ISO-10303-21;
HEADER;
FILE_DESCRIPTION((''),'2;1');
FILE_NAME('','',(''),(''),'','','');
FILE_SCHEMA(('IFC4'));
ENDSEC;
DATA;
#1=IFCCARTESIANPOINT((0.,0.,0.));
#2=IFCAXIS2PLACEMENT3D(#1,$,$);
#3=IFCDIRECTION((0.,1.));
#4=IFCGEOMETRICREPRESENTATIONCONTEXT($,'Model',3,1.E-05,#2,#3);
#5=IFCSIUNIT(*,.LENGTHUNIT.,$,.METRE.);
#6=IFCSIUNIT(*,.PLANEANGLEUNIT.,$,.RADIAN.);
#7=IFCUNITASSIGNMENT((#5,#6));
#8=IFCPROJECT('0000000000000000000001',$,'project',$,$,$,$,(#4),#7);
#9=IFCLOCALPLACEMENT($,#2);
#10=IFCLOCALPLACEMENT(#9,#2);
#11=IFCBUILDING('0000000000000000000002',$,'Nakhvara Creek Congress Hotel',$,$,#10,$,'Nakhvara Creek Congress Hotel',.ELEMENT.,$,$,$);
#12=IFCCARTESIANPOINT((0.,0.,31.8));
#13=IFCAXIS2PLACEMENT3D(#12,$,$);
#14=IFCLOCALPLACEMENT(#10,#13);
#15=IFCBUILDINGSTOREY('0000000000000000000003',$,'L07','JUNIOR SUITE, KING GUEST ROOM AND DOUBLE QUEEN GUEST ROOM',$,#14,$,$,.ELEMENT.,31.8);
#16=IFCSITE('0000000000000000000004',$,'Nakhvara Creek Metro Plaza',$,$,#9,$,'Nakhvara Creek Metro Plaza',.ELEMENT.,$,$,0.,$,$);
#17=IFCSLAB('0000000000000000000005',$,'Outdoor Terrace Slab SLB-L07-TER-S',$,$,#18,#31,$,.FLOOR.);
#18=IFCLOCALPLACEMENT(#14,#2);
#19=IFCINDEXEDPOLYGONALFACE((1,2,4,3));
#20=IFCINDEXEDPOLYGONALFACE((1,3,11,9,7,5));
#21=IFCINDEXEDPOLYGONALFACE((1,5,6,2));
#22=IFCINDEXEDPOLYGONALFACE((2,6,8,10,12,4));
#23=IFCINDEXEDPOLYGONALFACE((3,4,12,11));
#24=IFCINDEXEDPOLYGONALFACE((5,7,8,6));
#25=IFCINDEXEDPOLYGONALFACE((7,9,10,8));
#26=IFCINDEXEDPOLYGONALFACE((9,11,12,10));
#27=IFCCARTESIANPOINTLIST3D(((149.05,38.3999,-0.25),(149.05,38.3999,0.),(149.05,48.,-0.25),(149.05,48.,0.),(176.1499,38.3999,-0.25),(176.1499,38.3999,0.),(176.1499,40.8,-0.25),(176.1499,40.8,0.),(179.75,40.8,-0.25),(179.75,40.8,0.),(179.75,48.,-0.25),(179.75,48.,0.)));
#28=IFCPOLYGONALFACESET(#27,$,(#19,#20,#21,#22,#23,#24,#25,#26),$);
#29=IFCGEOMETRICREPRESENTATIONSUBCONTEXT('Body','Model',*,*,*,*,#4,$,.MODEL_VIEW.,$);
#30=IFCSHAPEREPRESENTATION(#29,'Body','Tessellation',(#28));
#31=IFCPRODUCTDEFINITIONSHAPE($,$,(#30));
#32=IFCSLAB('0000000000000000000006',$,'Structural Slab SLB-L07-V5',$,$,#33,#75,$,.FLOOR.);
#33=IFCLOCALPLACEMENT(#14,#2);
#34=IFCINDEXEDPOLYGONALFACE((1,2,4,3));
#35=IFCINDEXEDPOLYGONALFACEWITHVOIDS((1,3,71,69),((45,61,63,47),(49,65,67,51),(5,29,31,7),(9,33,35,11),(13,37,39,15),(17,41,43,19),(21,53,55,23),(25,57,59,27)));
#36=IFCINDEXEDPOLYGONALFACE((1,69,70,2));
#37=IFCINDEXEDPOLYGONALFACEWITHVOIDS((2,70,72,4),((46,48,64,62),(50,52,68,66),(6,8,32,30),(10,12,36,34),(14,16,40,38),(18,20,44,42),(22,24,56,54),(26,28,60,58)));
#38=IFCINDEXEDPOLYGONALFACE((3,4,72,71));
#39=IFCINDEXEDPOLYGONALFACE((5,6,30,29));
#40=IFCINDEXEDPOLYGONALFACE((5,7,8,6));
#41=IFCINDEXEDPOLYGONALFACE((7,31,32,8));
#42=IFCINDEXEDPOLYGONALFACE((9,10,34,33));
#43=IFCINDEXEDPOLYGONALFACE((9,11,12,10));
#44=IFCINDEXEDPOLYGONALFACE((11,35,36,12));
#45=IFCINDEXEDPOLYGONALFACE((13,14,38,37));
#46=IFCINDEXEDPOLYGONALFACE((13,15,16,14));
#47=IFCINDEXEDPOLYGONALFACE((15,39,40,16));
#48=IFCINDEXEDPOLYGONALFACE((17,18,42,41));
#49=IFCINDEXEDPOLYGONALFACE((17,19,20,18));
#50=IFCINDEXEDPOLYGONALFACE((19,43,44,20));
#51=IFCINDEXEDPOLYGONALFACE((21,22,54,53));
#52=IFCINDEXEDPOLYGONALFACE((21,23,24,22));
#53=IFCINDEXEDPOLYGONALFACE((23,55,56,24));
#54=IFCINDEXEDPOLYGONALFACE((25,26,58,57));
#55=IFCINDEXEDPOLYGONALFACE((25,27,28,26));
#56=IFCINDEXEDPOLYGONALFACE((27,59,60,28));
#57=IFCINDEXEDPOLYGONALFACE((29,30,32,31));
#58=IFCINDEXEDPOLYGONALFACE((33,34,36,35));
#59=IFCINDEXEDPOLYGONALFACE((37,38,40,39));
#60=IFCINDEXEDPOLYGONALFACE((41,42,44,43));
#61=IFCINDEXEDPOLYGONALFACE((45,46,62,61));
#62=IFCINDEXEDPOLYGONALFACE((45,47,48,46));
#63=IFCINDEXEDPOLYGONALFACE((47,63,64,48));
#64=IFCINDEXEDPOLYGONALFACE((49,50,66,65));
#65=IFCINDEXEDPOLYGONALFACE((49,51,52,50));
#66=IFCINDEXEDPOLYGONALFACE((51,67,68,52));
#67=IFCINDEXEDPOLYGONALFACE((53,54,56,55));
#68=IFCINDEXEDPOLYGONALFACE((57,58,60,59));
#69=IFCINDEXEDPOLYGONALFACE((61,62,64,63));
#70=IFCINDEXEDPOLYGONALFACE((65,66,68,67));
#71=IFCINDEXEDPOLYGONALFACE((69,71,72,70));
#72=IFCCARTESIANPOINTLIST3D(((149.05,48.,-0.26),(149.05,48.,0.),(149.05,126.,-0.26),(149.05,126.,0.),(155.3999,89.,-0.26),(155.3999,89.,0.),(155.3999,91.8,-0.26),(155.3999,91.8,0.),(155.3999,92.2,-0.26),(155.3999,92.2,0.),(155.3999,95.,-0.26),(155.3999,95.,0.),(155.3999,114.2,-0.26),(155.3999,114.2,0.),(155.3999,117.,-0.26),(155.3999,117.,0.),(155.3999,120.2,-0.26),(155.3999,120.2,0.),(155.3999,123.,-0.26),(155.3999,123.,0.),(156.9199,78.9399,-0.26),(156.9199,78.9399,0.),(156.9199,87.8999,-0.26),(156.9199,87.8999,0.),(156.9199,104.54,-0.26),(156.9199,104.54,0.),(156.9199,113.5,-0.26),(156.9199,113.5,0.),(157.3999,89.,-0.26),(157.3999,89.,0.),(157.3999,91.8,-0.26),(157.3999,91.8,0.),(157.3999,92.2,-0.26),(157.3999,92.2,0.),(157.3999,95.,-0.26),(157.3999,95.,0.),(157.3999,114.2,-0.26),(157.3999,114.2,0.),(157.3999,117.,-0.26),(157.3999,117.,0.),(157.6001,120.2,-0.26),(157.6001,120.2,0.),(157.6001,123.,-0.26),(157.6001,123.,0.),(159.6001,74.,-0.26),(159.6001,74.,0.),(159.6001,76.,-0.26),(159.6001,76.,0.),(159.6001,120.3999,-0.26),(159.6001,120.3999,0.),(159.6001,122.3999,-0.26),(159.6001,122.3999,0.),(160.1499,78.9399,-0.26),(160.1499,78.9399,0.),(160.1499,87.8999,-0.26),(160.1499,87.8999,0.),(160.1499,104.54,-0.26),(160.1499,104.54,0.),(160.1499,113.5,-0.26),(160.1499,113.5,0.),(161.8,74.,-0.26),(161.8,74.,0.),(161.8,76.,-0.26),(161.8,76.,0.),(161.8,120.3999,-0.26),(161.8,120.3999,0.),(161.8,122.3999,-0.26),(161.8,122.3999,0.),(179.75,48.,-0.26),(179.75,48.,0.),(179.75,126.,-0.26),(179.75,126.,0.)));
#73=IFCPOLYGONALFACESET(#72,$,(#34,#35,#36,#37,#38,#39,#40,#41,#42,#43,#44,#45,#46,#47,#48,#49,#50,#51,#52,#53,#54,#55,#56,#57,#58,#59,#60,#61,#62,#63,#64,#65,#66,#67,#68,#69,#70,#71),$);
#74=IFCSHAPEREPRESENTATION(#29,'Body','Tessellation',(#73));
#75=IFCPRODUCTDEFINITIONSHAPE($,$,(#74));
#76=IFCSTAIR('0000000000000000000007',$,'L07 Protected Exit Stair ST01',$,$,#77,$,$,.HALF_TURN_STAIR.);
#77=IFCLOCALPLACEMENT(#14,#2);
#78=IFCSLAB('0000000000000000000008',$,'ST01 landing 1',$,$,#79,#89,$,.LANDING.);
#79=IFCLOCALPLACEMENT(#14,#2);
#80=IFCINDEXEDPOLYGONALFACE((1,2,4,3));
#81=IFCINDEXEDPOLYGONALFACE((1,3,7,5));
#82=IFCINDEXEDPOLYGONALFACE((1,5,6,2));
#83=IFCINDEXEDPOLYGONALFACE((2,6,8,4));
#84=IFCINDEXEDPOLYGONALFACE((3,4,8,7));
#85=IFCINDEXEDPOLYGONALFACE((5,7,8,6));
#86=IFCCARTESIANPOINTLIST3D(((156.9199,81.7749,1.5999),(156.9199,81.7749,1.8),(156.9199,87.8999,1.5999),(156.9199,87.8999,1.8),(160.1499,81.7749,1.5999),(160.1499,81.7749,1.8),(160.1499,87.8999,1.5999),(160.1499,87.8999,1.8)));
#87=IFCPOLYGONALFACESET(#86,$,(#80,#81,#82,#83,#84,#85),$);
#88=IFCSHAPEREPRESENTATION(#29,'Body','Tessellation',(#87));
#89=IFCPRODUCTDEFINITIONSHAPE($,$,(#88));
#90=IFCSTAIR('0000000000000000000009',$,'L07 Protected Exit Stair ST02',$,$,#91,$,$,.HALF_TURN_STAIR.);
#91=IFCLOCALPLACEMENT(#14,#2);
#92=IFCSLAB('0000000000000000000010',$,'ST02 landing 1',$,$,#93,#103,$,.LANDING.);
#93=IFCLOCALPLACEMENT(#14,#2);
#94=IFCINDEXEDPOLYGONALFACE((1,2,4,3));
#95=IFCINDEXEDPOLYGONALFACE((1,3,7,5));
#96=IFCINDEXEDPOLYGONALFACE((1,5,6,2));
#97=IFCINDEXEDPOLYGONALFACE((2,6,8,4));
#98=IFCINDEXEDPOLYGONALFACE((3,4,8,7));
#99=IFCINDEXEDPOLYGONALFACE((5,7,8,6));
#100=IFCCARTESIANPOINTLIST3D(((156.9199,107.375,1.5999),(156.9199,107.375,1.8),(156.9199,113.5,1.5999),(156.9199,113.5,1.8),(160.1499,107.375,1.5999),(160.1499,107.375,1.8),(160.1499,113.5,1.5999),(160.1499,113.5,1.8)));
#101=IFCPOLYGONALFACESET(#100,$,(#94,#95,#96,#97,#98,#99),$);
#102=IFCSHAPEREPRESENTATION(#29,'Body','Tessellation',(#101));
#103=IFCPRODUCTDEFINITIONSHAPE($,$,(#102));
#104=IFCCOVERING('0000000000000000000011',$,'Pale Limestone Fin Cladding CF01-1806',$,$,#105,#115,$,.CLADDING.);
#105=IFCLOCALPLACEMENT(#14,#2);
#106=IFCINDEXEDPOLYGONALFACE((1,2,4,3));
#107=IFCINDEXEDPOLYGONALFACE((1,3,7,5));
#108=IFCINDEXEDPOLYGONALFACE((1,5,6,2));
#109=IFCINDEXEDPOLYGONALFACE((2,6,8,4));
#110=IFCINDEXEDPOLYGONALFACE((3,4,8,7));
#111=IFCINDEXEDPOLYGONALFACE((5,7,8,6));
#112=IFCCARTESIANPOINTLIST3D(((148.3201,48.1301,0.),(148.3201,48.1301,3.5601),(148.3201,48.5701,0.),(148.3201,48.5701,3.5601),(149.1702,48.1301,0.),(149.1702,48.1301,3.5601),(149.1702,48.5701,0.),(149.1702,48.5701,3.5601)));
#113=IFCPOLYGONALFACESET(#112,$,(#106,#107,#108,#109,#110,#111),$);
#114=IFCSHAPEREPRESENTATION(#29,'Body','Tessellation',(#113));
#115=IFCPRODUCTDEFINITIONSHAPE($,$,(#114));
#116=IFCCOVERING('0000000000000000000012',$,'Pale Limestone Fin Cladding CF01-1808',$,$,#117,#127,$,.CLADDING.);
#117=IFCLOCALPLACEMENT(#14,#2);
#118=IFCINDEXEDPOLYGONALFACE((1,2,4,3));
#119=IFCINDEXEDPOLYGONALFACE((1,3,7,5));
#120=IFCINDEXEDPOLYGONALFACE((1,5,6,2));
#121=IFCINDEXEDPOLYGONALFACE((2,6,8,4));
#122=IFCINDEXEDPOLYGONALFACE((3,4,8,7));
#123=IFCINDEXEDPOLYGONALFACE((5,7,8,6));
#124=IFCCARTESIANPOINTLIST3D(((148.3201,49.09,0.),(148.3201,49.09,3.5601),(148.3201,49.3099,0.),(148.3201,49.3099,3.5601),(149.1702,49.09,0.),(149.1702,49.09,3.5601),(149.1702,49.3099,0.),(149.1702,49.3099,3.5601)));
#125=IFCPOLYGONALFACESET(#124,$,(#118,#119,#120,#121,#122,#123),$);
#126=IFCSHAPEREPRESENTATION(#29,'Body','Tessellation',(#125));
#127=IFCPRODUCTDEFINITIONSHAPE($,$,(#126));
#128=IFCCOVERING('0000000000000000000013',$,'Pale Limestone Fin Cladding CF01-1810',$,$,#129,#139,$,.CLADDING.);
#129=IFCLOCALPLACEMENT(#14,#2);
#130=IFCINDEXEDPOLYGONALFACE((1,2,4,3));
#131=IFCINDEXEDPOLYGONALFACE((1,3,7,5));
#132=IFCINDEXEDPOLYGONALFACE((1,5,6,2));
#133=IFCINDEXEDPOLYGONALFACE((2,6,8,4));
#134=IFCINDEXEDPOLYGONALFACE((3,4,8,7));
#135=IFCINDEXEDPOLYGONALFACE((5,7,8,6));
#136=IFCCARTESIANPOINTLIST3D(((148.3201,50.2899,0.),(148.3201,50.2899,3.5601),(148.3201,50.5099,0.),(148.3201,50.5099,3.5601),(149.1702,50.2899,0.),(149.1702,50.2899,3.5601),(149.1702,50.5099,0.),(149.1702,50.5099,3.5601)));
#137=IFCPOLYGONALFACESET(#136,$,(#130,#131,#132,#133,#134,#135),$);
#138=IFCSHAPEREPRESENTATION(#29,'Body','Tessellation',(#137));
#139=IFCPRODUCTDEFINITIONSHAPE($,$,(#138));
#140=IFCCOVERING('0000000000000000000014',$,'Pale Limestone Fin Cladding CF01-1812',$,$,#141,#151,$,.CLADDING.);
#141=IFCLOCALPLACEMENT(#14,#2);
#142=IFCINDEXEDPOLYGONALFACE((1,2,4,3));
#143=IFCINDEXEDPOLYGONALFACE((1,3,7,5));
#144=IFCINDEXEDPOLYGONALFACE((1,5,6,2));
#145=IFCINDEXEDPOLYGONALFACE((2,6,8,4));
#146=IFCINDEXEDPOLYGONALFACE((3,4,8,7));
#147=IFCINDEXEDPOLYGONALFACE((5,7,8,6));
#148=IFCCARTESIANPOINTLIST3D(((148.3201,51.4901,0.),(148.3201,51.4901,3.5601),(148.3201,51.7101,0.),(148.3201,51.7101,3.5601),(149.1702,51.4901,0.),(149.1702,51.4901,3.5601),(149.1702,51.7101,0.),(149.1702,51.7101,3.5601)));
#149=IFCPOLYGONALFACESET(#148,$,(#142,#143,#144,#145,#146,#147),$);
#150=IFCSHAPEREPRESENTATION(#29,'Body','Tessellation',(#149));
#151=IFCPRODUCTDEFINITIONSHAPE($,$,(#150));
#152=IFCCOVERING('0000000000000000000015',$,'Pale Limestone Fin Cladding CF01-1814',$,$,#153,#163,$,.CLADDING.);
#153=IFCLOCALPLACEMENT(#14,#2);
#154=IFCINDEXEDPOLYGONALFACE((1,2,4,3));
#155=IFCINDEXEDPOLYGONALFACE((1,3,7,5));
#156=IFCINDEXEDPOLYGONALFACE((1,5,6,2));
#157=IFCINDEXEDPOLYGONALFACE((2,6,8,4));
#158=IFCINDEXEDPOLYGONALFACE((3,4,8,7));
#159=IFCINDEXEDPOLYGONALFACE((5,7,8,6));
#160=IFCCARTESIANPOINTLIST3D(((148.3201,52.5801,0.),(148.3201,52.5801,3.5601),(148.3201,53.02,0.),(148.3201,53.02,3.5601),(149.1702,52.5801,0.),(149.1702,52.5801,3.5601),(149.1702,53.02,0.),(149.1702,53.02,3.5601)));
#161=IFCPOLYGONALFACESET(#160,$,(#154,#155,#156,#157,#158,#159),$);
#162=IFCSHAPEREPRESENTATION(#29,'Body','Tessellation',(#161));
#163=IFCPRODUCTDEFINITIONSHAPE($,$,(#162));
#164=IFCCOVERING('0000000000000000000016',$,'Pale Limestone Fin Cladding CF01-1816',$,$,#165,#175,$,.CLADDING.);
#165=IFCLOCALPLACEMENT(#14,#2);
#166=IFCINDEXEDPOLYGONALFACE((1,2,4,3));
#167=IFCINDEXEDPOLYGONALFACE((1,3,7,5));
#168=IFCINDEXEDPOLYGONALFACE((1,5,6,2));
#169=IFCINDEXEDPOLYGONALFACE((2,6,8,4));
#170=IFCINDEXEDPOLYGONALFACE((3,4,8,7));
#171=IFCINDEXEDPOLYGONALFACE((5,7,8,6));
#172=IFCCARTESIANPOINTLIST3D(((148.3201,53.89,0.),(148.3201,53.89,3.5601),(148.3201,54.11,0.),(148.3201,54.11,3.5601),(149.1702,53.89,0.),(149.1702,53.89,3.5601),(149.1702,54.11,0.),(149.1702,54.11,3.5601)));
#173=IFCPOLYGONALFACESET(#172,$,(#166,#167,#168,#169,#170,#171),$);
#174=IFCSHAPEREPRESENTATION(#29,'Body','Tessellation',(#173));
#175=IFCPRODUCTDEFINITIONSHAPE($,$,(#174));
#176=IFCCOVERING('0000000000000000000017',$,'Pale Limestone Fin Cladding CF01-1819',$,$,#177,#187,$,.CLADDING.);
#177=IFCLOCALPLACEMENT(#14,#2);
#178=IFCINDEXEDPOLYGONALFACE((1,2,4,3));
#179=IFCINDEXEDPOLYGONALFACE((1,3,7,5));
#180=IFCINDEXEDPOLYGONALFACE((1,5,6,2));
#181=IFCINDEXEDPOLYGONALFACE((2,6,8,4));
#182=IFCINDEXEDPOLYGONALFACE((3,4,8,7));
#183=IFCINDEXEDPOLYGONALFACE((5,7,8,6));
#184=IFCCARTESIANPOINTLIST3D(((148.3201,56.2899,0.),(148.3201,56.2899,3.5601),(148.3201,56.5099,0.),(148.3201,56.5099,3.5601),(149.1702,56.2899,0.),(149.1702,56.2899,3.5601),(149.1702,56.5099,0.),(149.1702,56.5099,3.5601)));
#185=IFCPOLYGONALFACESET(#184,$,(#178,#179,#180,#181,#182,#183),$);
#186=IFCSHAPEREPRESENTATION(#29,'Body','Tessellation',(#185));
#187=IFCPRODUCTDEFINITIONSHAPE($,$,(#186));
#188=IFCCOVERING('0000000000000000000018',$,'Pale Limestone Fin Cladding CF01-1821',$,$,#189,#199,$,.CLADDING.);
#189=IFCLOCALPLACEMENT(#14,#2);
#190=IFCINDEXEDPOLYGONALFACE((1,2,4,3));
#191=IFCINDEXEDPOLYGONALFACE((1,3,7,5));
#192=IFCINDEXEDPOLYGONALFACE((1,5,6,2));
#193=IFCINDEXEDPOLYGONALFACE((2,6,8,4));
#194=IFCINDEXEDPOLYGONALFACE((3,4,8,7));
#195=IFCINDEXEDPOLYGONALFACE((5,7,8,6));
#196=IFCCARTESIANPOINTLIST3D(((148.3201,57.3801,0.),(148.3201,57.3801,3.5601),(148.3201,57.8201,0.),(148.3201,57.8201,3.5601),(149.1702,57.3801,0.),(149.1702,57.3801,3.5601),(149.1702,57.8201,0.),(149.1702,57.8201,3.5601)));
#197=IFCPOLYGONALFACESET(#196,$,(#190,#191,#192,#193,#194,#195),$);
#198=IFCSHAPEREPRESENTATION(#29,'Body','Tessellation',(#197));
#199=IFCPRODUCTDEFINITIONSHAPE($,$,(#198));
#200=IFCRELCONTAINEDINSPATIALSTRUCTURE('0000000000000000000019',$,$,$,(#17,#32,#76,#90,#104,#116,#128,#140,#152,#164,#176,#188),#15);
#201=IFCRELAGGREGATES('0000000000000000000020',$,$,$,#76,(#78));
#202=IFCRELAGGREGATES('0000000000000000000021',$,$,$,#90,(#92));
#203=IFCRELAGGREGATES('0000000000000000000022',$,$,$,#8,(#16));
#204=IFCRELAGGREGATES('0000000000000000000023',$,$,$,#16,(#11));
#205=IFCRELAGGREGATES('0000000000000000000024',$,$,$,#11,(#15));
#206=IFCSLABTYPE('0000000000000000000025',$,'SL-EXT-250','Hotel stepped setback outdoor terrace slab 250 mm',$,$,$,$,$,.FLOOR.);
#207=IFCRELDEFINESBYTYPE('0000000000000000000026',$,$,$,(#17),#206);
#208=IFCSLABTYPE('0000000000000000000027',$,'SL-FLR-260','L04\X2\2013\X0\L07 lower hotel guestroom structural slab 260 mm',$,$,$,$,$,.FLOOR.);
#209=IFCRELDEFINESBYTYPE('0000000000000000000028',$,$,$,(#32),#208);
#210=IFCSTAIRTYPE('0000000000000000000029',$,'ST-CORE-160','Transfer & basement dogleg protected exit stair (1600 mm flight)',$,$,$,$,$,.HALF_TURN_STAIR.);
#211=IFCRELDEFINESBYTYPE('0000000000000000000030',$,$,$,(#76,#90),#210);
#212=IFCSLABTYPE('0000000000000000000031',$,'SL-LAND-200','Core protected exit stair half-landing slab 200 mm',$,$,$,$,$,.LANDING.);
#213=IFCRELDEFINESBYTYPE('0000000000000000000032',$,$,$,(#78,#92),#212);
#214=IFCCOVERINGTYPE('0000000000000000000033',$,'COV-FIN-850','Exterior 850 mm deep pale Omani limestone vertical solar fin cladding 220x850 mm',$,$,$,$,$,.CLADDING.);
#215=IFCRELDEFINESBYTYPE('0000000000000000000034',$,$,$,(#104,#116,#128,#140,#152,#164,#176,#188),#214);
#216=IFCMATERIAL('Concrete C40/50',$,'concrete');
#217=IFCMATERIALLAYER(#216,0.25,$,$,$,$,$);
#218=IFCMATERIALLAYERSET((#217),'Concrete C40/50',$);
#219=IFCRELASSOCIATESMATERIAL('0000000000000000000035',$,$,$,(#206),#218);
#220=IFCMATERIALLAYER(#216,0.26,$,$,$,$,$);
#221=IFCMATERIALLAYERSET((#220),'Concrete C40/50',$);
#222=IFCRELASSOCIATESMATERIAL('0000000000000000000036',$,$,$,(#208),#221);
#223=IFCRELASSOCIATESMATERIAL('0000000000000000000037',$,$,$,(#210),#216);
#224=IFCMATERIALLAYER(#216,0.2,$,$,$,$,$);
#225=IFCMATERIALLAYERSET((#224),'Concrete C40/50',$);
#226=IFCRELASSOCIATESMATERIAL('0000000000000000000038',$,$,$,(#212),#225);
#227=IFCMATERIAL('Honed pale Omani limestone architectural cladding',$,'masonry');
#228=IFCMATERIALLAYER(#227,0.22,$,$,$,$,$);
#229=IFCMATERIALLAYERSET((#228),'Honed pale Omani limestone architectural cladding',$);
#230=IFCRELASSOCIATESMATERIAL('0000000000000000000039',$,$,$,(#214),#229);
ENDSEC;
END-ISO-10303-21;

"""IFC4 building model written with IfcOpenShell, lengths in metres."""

from ifc_helpers import new_model, si_unit, direction, frame, origin, origin_2d, place, context, subcontext, project, spatial, polyline, rectangle, outline, extrude, material, layer, layer_set, type_object, element, aggregate, save


model = new_model("IFC4")

# Units and contexts
model_context = context("Model", 3, precision=1e-05, world=origin(), true_north=direction((0.0, 1.0)))
body_context = subcontext(model_context, "Body", "Model", "MODEL_VIEW")
ifc_project = project(units=[si_unit("LENGTHUNIT", "METRE"), si_unit("PLANEANGLEUNIT", "RADIAN")], contexts=[model_context])

# Site, building, storey
site_placement = place(None, origin())
site = spatial("IfcSite", under=ifc_project, at=site_placement, Name="Nakhvara Creek Metro Plaza", LongName="Nakhvara Creek Metro Plaza", CompositionType="ELEMENT", RefElevation=0.0)
building_placement = place(site_placement, origin())
building = spatial("IfcBuilding", under=site, at=building_placement, Name="Nakhvara Creek Congress Hotel", LongName="Nakhvara Creek Congress Hotel", CompositionType="ELEMENT")
storey_placement = place(building_placement, frame((0.0, 0.0, 31.8)))
storey = spatial("IfcBuildingStorey", under=building, at=storey_placement, Name="L07", Description="JUNIOR SUITE, KING GUEST ROOM AND DOUBLE QUEEN GUEST ROOM", CompositionType="ELEMENT", Elevation=31.8)

# Slabs
ifc_material_1 = material(Name="Concrete C40/50", Category="concrete")
ifc_layer_1 = layer(ifc_material_1, 0.25)
ifc_layer_set_1 = layer_set([ifc_layer_1], Name="Concrete C40/50")
slab_type_1 = type_object("IfcSlabType", Name="SL-EXT-250", Description="Hotel stepped setback outdoor terrace slab 250 mm", PredefinedType="FLOOR", material=ifc_layer_set_1)
slab_1_placement = place(storey_placement, frame((0.0, 0.0, -0.25)))
element("IfcSlab", 1, at=slab_1_placement, inside=storey, type_object=slab_type_1, Name="Outdoor Terrace Slab SLB-L07-TER-S", PredefinedType="FLOOR", context=body_context, shape_type="SweptSolid", body=[
    extrude(outline(polyline([(149.05, 38.3999), (176.1499, 38.3999), (176.1499, 40.8), (179.75, 40.8), (179.75, 48.0), (149.05, 48.0), (149.05, 38.3999)])), origin(), (0.0, 0.0, 1.0), 0.25),
])
ifc_layer_2 = layer(ifc_material_1, 0.26)
ifc_layer_set_2 = layer_set([ifc_layer_2], Name="Concrete C40/50")
slab_type_2 = type_object("IfcSlabType", Name="SL-FLR-260", Description="L04–L07 lower hotel guestroom structural slab 260 mm", PredefinedType="FLOOR", material=ifc_layer_set_2)
slab_2_placement = place(storey_placement, frame((0.0, 0.0, -0.26)))
element("IfcSlab", 2, at=slab_2_placement, inside=storey, type_object=slab_type_2, Name="Structural Slab SLB-L07-V5", PredefinedType="FLOOR", context=body_context, shape_type="SweptSolid", body=[
    extrude(outline(polyline([(149.05, 126.0), (179.75, 126.0), (179.75, 48.0), (149.05, 48.0), (149.05, 126.0)]), holes=[polyline([(161.8, 74.0), (161.8, 76.0), (159.6001, 76.0), (159.6001, 74.0), (161.8, 74.0)]), polyline([(160.1499, 87.8999), (156.9199, 87.8999), (156.9199, 78.9399), (160.1499, 78.9399), (160.1499, 87.8999)]), polyline([(157.3999, 89.0), (157.3999, 91.8), (155.3999, 91.8), (155.3999, 89.0), (157.3999, 89.0)]), polyline([(157.3999, 92.2), (157.3999, 95.0), (155.3999, 95.0), (155.3999, 92.2), (157.3999, 92.2)]), polyline([(160.1499, 113.5), (156.9199, 113.5), (156.9199, 104.54), (160.1499, 104.54), (160.1499, 113.5)]), polyline([(157.3999, 114.2), (157.3999, 117.0), (155.3999, 117.0), (155.3999, 114.2), (157.3999, 114.2)]), polyline([(161.8, 120.3999), (161.8, 122.3999), (159.6001, 122.3999), (159.6001, 120.3999), (161.8, 120.3999)]), polyline([(157.6001, 120.2), (157.6001, 123.0), (155.3999, 123.0), (155.3999, 120.2), (157.6001, 120.2)])]), origin(), (0.0, 0.0, 1.0), 0.26),
])

# Stairs, slabs
stair_type = type_object("IfcStairType", Name="ST-CORE-160", Description="Transfer & basement dogleg protected exit stair (1600 mm flight)", PredefinedType="HALF_TURN_STAIR", material=ifc_material_1)
stair_1_placement = place(storey_placement, origin())
stair_1 = element("IfcStair", 3, at=stair_1_placement, inside=storey, type_object=stair_type, Name="L07 Protected Exit Stair ST01", PredefinedType="HALF_TURN_STAIR")
ifc_layer_3 = layer(ifc_material_1, 0.2)
ifc_layer_set_3 = layer_set([ifc_layer_3], Name="Concrete C40/50")
slab_type_3 = type_object("IfcSlabType", Name="SL-LAND-200", Description="Core protected exit stair half-landing slab 200 mm", PredefinedType="LANDING", material=ifc_layer_set_3)
slab_3_placement = place(storey_placement, frame((0.0, 0.0, 1.5999)))
slab_3 = element("IfcSlab", 4, at=slab_3_placement, type_object=slab_type_3, Name="ST01 landing 1", PredefinedType="LANDING", context=body_context, shape_type="SweptSolid", body=[
    extrude(outline(polyline([(160.1499, 81.7749), (160.1499, 87.8999), (156.9199, 87.8999), (156.9199, 81.7749), (160.1499, 81.7749)])), origin(), (0.0, 0.0, 1.0), 0.2002),
])
aggregate(stair_1, [slab_3])
stair_2_placement = place(storey_placement, origin())
stair_2 = element("IfcStair", 5, at=stair_2_placement, inside=storey, type_object=stair_type, Name="L07 Protected Exit Stair ST02", PredefinedType="HALF_TURN_STAIR")
slab_4_placement = place(storey_placement, frame((0.0, 0.0, 1.5999)))
slab_4 = element("IfcSlab", 6, at=slab_4_placement, type_object=slab_type_3, Name="ST02 landing 1", PredefinedType="LANDING", context=body_context, shape_type="SweptSolid", body=[
    extrude(outline(polyline([(160.1499, 107.375), (160.1499, 113.5), (156.9199, 113.5), (156.9199, 107.375), (160.1499, 107.375)])), origin(), (0.0, 0.0, 1.0), 0.2002),
])
aggregate(stair_2, [slab_4])

# Coverings
ifc_material_2 = material(Name="Honed pale Omani limestone architectural cladding", Category="masonry")
ifc_layer_4 = layer(ifc_material_2, 0.22)
ifc_layer_set_4 = layer_set([ifc_layer_4], Name="Honed pale Omani limestone architectural cladding")
covering_type = type_object("IfcCoveringType", Name="COV-FIN-850", Description="Exterior 850 mm deep pale Omani limestone vertical solar fin cladding 220x850 mm", PredefinedType="CLADDING", material=ifc_layer_set_4)
covering_1_placement = place(storey_placement, frame((148.7451, 48.3501, 0.0), z_axis=(0.0, 0.0, 1.0), x_axis=(0.0, 1.0, 0.0)))
element("IfcCovering", 7, at=covering_1_placement, inside=storey, type_object=covering_type, Name="Pale Limestone Fin Cladding CF01-1806", PredefinedType="CLADDING", context=body_context, shape_type="SweptSolid", body=[
    extrude(rectangle(XDim=0.4399, YDim=0.8501, at=origin_2d()), origin(), (0.0, 0.0, 1.0), 3.5601),
])
for number, where, z_axis, x_axis, name in (
    (8, (148.7451, 49.2, 0.0), (0.0, 0.0, 1.0), (0.0, 1.0, 0.0), "Pale Limestone Fin Cladding CF01-1808"),
    (9, (148.7451, 50.3999, 0.0), (0.0, 0.0, 1.0), (0.0, 1.0, 0.0), "Pale Limestone Fin Cladding CF01-1810"),
    (10, (148.7451, 51.6001, 0.0), (0.0, 0.0, 1.0), (0.0, 1.0, 0.0), "Pale Limestone Fin Cladding CF01-1812"),
):
    element("IfcCovering", number, at=place(storey_placement, frame(where, z_axis=z_axis, x_axis=x_axis)), inside=storey, type_object=covering_type, Name=name, PredefinedType="CLADDING", context=body_context, shape_type="SweptSolid", body=[
        extrude(rectangle(XDim=0.22, YDim=0.8501, at=origin_2d()), origin(), (0.0, 0.0, 1.0), 3.5601),
    ])
covering_2_placement = place(storey_placement, frame((148.7451, 52.8, 0.0), z_axis=(0.0, 0.0, 1.0), x_axis=(0.0, 1.0, 0.0)))
element("IfcCovering", 11, at=covering_2_placement, inside=storey, type_object=covering_type, Name="Pale Limestone Fin Cladding CF01-1814", PredefinedType="CLADDING", context=body_context, shape_type="SweptSolid", body=[
    extrude(rectangle(XDim=0.4399, YDim=0.8501, at=origin_2d()), origin(), (0.0, 0.0, 1.0), 3.5601),
])
for number, where, z_axis, x_axis, name in (
    (12, (148.7451, 54.0, 0.0), (0.0, 0.0, 1.0), (0.0, 1.0, 0.0), "Pale Limestone Fin Cladding CF01-1816"),
    (13, (148.7451, 56.3999, 0.0), (0.0, 0.0, 1.0), (0.0, 1.0, 0.0), "Pale Limestone Fin Cladding CF01-1819"),
):
    element("IfcCovering", number, at=place(storey_placement, frame(where, z_axis=z_axis, x_axis=x_axis)), inside=storey, type_object=covering_type, Name=name, PredefinedType="CLADDING", context=body_context, shape_type="SweptSolid", body=[
        extrude(rectangle(XDim=0.22, YDim=0.8501, at=origin_2d()), origin(), (0.0, 0.0, 1.0), 3.5601),
    ])
covering_3_placement = place(storey_placement, frame((148.7451, 57.6001, 0.0), z_axis=(0.0, 0.0, 1.0), x_axis=(0.0, 1.0, 0.0)))
element("IfcCovering", 14, at=covering_3_placement, inside=storey, type_object=covering_type, Name="Pale Limestone Fin Cladding CF01-1821", PredefinedType="CLADDING", context=body_context, shape_type="SweptSolid", body=[
    extrude(rectangle(XDim=0.4399, YDim=0.8501, at=origin_2d()), origin(), (0.0, 0.0, 1.0), 3.5601),
])

save(model, "model.ifc")
